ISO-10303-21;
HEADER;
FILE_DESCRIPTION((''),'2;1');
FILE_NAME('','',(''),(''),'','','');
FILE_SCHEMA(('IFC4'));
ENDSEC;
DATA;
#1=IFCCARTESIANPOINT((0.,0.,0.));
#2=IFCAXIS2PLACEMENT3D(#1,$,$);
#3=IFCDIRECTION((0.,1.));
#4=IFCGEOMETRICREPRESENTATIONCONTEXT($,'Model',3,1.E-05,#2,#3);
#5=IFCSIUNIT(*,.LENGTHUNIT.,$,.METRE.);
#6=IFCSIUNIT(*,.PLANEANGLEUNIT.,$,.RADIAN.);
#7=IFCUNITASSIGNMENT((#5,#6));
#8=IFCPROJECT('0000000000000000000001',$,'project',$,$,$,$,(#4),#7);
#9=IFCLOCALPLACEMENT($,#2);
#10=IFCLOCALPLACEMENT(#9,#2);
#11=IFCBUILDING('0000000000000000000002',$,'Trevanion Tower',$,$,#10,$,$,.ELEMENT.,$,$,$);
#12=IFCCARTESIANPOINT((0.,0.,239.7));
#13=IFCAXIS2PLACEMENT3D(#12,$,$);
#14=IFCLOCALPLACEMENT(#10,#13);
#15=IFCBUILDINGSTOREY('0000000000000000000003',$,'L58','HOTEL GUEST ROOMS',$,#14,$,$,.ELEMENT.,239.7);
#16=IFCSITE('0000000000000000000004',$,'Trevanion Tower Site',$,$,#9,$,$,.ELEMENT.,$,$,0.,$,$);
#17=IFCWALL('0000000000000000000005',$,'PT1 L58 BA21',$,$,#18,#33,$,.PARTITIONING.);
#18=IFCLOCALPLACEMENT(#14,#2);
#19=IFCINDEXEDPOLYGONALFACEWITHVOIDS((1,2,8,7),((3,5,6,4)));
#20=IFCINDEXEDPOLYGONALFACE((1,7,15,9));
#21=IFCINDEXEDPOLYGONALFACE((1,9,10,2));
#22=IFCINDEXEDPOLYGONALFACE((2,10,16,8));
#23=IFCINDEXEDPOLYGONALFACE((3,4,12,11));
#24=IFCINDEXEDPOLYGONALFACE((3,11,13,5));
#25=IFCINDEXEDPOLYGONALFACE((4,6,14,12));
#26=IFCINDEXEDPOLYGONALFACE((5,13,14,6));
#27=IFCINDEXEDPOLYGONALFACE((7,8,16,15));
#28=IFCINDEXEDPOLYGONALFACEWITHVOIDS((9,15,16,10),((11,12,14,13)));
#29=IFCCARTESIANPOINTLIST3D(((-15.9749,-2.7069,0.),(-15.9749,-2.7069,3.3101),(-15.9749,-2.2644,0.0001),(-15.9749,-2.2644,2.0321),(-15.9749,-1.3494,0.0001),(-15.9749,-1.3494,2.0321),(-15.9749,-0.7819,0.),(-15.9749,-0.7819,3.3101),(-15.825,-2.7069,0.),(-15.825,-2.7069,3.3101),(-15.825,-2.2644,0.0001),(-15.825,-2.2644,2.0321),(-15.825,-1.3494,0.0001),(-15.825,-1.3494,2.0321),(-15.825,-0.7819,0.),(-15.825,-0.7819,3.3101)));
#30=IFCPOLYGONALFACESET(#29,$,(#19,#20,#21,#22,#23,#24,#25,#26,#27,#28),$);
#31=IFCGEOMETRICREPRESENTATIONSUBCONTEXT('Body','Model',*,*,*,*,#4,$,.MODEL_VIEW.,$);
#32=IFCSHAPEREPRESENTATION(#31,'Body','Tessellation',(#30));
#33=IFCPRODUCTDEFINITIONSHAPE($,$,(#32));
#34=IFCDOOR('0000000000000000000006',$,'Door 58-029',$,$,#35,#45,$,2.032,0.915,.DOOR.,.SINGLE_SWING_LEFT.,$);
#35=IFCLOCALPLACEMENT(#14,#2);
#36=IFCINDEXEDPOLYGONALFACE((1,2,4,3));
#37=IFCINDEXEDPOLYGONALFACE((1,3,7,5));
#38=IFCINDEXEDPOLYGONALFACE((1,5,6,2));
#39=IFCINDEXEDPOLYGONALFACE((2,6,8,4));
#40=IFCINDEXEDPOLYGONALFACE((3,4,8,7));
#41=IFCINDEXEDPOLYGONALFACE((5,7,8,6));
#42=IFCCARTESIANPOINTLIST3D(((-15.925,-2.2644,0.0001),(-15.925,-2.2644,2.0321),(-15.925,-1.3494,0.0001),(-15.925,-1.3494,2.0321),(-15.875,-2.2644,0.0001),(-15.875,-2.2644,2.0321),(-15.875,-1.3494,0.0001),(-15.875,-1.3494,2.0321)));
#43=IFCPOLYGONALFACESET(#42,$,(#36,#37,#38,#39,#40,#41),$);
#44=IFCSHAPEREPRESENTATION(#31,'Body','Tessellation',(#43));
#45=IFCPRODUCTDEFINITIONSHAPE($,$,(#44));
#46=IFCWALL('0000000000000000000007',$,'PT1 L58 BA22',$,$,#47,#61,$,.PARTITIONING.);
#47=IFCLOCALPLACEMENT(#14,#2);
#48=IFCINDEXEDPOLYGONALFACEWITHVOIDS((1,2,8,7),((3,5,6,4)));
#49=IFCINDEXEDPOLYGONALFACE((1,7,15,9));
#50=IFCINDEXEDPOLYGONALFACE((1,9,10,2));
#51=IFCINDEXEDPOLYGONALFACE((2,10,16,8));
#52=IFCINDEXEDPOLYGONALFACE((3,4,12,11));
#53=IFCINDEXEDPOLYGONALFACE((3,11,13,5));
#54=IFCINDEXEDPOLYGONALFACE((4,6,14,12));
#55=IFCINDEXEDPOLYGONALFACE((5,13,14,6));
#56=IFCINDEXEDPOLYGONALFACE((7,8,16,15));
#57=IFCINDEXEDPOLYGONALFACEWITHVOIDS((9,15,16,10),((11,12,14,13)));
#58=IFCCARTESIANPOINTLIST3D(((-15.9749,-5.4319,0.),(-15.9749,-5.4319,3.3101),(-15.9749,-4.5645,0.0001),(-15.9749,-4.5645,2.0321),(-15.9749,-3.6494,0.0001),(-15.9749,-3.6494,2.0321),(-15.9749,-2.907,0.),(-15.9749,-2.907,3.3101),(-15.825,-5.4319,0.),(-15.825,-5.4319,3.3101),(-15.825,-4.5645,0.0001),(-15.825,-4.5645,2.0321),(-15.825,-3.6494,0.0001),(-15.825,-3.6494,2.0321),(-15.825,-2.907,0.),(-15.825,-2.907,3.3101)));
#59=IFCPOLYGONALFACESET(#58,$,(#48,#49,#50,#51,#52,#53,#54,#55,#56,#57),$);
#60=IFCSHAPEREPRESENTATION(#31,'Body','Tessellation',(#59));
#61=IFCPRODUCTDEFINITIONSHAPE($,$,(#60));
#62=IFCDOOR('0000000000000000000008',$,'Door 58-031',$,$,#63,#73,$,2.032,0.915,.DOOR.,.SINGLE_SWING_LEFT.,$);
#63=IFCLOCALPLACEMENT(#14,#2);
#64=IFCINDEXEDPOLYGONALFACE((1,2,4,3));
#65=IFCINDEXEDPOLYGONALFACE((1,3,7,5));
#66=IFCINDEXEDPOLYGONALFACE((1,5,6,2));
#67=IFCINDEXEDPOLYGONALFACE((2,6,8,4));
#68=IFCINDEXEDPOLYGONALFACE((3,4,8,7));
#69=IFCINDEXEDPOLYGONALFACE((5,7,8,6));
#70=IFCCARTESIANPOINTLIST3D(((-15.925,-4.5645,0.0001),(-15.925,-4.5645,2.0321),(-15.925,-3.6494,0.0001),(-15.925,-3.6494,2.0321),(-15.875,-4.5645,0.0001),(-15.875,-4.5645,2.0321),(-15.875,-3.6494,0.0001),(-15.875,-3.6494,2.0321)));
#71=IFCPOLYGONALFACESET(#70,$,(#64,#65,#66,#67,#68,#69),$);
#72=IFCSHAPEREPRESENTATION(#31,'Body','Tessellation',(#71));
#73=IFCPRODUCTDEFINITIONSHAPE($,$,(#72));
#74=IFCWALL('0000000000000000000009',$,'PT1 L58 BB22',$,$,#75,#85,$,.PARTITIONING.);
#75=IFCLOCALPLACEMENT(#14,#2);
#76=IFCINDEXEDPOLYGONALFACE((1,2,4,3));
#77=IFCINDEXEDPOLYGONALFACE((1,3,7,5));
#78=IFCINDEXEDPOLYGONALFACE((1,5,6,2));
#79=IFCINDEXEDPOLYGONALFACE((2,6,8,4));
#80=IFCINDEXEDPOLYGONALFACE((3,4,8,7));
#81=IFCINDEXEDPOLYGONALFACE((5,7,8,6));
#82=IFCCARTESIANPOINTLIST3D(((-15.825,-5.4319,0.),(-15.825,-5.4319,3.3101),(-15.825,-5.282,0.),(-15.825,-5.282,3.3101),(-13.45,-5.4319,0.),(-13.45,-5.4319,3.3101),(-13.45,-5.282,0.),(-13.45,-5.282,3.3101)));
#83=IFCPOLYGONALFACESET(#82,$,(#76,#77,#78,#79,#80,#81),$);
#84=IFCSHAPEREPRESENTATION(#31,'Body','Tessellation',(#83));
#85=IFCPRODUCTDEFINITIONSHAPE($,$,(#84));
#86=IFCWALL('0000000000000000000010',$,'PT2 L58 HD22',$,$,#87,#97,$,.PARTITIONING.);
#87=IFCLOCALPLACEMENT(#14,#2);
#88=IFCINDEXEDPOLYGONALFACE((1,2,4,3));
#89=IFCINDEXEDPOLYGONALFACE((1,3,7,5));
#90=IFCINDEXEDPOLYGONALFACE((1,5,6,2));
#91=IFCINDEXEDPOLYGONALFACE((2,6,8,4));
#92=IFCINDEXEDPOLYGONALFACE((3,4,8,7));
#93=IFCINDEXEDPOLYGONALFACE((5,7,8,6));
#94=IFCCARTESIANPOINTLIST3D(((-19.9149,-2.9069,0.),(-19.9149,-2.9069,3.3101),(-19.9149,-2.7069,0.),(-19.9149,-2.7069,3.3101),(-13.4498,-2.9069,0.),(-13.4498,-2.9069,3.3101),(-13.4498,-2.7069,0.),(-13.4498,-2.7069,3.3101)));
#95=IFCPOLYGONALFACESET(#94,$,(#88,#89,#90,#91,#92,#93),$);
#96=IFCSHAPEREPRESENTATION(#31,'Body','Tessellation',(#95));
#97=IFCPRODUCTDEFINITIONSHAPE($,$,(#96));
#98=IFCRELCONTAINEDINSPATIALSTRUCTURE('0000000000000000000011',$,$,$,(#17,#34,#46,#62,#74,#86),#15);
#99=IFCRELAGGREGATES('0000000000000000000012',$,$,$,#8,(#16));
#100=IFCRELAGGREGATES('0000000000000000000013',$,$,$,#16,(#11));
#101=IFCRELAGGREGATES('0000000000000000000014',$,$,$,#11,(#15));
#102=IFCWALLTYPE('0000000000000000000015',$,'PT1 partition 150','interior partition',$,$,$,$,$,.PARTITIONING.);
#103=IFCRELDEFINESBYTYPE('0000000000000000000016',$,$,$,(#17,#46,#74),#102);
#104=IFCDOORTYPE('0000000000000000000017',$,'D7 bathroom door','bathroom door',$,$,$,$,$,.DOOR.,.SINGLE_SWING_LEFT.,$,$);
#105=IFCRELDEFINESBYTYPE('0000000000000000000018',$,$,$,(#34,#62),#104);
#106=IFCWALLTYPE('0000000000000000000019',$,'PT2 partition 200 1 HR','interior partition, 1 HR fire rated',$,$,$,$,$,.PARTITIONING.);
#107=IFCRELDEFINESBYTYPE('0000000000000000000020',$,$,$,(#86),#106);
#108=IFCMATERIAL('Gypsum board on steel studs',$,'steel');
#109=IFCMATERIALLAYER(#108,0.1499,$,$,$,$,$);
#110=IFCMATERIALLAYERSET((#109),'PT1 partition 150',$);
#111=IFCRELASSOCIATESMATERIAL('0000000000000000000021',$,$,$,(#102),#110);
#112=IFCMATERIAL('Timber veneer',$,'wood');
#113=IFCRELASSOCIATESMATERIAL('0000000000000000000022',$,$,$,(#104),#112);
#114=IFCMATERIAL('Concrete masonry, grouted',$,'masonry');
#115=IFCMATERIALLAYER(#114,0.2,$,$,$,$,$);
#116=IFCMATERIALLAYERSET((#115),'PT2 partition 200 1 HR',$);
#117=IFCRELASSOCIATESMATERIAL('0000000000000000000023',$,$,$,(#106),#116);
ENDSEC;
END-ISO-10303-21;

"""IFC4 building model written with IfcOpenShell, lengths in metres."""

from ifc_helpers import new_model, si_unit, direction, frame, frame_2d, origin, place, context, subcontext, project, spatial, rectangle, extrude, material, layer, layer_set, type_object, element, fill, save


model = new_model("IFC4")

# Units and contexts
model_context = context("Model", 3, precision=1e-05, world=origin(), true_north=direction((0.0, 1.0)))
body_context = subcontext(model_context, "Body", "Model", "MODEL_VIEW")
ifc_project = project(units=[si_unit("LENGTHUNIT", "METRE"), si_unit("PLANEANGLEUNIT", "RADIAN")], contexts=[model_context])

# Site, building, storey
site_placement = place(None, origin())
site = spatial("IfcSite", under=ifc_project, at=site_placement, Name="Trevanion Tower Site", CompositionType="ELEMENT", RefElevation=0.0)
building_placement = place(site_placement, origin())
building = spatial("IfcBuilding", under=site, at=building_placement, Name="Trevanion Tower", CompositionType="ELEMENT")
storey_placement = place(building_placement, frame((0.0, 0.0, 239.7)))
storey = spatial("IfcBuildingStorey", under=building, at=storey_placement, Name="L58", Description="HOTEL GUEST ROOMS", CompositionType="ELEMENT", Elevation=239.7)

# Walls, openings, doors
ifc_material_1 = material(Name="Gypsum board on steel studs", Category="steel")
ifc_layer_1 = layer(ifc_material_1, 0.1499)
ifc_layer_set_1 = layer_set([ifc_layer_1], Name="PT1 partition 150")
wall_type_1 = type_object("IfcWallType", Name="PT1 partition 150", Description="interior partition", PredefinedType="PARTITIONING", material=ifc_layer_set_1)
wall_1_placement = place(storey_placement, frame((-15.8999, -0.782, 0.0), z_axis=(0.0, 0.0, 1.0), x_axis=(0.0, -1.0, 0.0)))
wall_1 = element("IfcWall", 1, at=wall_1_placement, inside=storey, type_object=wall_type_1, Name="PT1 L58 BA21", PredefinedType="PARTITIONING", context=body_context, shape_type="SweptSolid", body=[
    extrude(rectangle(XDim=1.925, YDim=0.1499, at=frame_2d((0.9624, 0.0))), origin(), (0.0, 0.0, 1.0), 3.3101),
])
opening_1_placement = place(wall_1_placement, frame((0.5674, 0.0, 0.0)))
opening_1 = element("IfcOpeningElement", 2, at=opening_1_placement, cuts=wall_1, PredefinedType="OPENING", context=body_context, shape_type="SweptSolid", body=[
    extrude(rectangle(XDim=0.915, YDim=2.032, at=frame_2d((0.4575, 1.0161))), frame((0.0, 0.085, 0.0), z_axis=(0.0, -1.0, 0.0), x_axis=(1.0, 0.0, 0.0)), (0.0, 0.0, 1.0), 0.1699),
])
ifc_material_2 = material(Name="Timber veneer", Category="wood")
door_type = type_object("IfcDoorType", Name="D7 bathroom door", Description="bathroom door", OperationType="SINGLE_SWING_LEFT", PredefinedType="DOOR", material=ifc_material_2)
door_1_placement = place(opening_1_placement, origin())
door_1 = element("IfcDoor", 3, at=door_1_placement, inside=storey, type_object=door_type, Name="Door 58-029", OperationType="SINGLE_SWING_LEFT", OverallHeight=2.032, OverallWidth=0.915, PredefinedType="DOOR", context=body_context, shape_type="SweptSolid", body=[
    extrude(rectangle(XDim=0.915, YDim=2.032, at=frame_2d((0.4575, 1.0161))), frame((0.0, 0.0249, 0.0), z_axis=(0.0, -1.0, 0.0), x_axis=(1.0, 0.0, 0.0)), (0.0, 0.0, 1.0), 0.05),
])
fill(opening_1, door_1)
wall_2_placement = place(storey_placement, frame((-15.8999, -2.907, 0.0), z_axis=(0.0, 0.0, 1.0), x_axis=(0.0, -1.0, 0.0)))
wall_2 = element("IfcWall", 4, at=wall_2_placement, inside=storey, type_object=wall_type_1, Name="PT1 L58 BA22", PredefinedType="PARTITIONING", context=body_context, shape_type="SweptSolid", body=[
    extrude(rectangle(XDim=2.5249, YDim=0.1499, at=frame_2d((1.2625, 0.0))), origin(), (0.0, 0.0, 1.0), 3.3101),
])
opening_2_placement = place(wall_2_placement, frame((0.7424, 0.0, 0.0)))
opening_2 = element("IfcOpeningElement", 5, at=opening_2_placement, cuts=wall_2, PredefinedType="OPENING", context=body_context, shape_type="SweptSolid", body=[
    extrude(rectangle(XDim=0.915, YDim=2.032, at=frame_2d((0.4575, 1.0161))), frame((0.0, 0.085, 0.0), z_axis=(0.0, -1.0, 0.0), x_axis=(1.0, 0.0, 0.0)), (0.0, 0.0, 1.0), 0.1699),
])
door_2_placement = place(opening_2_placement, origin())
door_2 = element("IfcDoor", 6, at=door_2_placement, inside=storey, type_object=door_type, Name="Door 58-031", OperationType="SINGLE_SWING_LEFT", OverallHeight=2.032, OverallWidth=0.915, PredefinedType="DOOR", context=body_context, shape_type="SweptSolid", body=[
    extrude(rectangle(XDim=0.915, YDim=2.032, at=frame_2d((0.4575, 1.0161))), frame((0.0, 0.0249, 0.0), z_axis=(0.0, -1.0, 0.0), x_axis=(1.0, 0.0, 0.0)), (0.0, 0.0, 1.0), 0.05),
])
fill(opening_2, door_2)

# Walls
wall_3_placement = place(storey_placement, frame((-13.45, -5.3569, 0.0), z_axis=(0.0, 0.0, 1.0), x_axis=(-1.0, 0.0, 0.0)))
element("IfcWall", 7, at=wall_3_placement, inside=storey, type_object=wall_type_1, Name="PT1 L58 BB22", PredefinedType="PARTITIONING", context=body_context, shape_type="SweptSolid", body=[
    extrude(rectangle(XDim=2.375, YDim=0.1499, at=frame_2d((1.1875, 0.0))), origin(), (0.0, 0.0, 1.0), 3.3101),
])
ifc_material_3 = material(Name="Concrete masonry, grouted", Category="masonry")
ifc_layer_2 = layer(ifc_material_3, 0.2)
ifc_layer_set_2 = layer_set([ifc_layer_2], Name="PT2 partition 200 1 HR")
wall_type_2 = type_object("IfcWallType", Name="PT2 partition 200 1 HR", Description="interior partition, 1 HR fire rated", PredefinedType="PARTITIONING", material=ifc_layer_set_2)
wall_4_placement = place(storey_placement, frame((-13.45, -2.8069, 0.0), z_axis=(0.0, 0.0, 1.0), x_axis=(-1.0, 0.0, 0.0)))
element("IfcWall", 8, at=wall_4_placement, inside=storey, type_object=wall_type_2, Name="PT2 L58 HD22", PredefinedType="PARTITIONING", context=body_context, shape_type="SweptSolid", body=[
    extrude(rectangle(XDim=6.4651, YDim=0.2, at=frame_2d((3.2324, 0.0))), origin(), (0.0, 0.0, 1.0), 3.3101),
])

save(model, "model.ifc")
